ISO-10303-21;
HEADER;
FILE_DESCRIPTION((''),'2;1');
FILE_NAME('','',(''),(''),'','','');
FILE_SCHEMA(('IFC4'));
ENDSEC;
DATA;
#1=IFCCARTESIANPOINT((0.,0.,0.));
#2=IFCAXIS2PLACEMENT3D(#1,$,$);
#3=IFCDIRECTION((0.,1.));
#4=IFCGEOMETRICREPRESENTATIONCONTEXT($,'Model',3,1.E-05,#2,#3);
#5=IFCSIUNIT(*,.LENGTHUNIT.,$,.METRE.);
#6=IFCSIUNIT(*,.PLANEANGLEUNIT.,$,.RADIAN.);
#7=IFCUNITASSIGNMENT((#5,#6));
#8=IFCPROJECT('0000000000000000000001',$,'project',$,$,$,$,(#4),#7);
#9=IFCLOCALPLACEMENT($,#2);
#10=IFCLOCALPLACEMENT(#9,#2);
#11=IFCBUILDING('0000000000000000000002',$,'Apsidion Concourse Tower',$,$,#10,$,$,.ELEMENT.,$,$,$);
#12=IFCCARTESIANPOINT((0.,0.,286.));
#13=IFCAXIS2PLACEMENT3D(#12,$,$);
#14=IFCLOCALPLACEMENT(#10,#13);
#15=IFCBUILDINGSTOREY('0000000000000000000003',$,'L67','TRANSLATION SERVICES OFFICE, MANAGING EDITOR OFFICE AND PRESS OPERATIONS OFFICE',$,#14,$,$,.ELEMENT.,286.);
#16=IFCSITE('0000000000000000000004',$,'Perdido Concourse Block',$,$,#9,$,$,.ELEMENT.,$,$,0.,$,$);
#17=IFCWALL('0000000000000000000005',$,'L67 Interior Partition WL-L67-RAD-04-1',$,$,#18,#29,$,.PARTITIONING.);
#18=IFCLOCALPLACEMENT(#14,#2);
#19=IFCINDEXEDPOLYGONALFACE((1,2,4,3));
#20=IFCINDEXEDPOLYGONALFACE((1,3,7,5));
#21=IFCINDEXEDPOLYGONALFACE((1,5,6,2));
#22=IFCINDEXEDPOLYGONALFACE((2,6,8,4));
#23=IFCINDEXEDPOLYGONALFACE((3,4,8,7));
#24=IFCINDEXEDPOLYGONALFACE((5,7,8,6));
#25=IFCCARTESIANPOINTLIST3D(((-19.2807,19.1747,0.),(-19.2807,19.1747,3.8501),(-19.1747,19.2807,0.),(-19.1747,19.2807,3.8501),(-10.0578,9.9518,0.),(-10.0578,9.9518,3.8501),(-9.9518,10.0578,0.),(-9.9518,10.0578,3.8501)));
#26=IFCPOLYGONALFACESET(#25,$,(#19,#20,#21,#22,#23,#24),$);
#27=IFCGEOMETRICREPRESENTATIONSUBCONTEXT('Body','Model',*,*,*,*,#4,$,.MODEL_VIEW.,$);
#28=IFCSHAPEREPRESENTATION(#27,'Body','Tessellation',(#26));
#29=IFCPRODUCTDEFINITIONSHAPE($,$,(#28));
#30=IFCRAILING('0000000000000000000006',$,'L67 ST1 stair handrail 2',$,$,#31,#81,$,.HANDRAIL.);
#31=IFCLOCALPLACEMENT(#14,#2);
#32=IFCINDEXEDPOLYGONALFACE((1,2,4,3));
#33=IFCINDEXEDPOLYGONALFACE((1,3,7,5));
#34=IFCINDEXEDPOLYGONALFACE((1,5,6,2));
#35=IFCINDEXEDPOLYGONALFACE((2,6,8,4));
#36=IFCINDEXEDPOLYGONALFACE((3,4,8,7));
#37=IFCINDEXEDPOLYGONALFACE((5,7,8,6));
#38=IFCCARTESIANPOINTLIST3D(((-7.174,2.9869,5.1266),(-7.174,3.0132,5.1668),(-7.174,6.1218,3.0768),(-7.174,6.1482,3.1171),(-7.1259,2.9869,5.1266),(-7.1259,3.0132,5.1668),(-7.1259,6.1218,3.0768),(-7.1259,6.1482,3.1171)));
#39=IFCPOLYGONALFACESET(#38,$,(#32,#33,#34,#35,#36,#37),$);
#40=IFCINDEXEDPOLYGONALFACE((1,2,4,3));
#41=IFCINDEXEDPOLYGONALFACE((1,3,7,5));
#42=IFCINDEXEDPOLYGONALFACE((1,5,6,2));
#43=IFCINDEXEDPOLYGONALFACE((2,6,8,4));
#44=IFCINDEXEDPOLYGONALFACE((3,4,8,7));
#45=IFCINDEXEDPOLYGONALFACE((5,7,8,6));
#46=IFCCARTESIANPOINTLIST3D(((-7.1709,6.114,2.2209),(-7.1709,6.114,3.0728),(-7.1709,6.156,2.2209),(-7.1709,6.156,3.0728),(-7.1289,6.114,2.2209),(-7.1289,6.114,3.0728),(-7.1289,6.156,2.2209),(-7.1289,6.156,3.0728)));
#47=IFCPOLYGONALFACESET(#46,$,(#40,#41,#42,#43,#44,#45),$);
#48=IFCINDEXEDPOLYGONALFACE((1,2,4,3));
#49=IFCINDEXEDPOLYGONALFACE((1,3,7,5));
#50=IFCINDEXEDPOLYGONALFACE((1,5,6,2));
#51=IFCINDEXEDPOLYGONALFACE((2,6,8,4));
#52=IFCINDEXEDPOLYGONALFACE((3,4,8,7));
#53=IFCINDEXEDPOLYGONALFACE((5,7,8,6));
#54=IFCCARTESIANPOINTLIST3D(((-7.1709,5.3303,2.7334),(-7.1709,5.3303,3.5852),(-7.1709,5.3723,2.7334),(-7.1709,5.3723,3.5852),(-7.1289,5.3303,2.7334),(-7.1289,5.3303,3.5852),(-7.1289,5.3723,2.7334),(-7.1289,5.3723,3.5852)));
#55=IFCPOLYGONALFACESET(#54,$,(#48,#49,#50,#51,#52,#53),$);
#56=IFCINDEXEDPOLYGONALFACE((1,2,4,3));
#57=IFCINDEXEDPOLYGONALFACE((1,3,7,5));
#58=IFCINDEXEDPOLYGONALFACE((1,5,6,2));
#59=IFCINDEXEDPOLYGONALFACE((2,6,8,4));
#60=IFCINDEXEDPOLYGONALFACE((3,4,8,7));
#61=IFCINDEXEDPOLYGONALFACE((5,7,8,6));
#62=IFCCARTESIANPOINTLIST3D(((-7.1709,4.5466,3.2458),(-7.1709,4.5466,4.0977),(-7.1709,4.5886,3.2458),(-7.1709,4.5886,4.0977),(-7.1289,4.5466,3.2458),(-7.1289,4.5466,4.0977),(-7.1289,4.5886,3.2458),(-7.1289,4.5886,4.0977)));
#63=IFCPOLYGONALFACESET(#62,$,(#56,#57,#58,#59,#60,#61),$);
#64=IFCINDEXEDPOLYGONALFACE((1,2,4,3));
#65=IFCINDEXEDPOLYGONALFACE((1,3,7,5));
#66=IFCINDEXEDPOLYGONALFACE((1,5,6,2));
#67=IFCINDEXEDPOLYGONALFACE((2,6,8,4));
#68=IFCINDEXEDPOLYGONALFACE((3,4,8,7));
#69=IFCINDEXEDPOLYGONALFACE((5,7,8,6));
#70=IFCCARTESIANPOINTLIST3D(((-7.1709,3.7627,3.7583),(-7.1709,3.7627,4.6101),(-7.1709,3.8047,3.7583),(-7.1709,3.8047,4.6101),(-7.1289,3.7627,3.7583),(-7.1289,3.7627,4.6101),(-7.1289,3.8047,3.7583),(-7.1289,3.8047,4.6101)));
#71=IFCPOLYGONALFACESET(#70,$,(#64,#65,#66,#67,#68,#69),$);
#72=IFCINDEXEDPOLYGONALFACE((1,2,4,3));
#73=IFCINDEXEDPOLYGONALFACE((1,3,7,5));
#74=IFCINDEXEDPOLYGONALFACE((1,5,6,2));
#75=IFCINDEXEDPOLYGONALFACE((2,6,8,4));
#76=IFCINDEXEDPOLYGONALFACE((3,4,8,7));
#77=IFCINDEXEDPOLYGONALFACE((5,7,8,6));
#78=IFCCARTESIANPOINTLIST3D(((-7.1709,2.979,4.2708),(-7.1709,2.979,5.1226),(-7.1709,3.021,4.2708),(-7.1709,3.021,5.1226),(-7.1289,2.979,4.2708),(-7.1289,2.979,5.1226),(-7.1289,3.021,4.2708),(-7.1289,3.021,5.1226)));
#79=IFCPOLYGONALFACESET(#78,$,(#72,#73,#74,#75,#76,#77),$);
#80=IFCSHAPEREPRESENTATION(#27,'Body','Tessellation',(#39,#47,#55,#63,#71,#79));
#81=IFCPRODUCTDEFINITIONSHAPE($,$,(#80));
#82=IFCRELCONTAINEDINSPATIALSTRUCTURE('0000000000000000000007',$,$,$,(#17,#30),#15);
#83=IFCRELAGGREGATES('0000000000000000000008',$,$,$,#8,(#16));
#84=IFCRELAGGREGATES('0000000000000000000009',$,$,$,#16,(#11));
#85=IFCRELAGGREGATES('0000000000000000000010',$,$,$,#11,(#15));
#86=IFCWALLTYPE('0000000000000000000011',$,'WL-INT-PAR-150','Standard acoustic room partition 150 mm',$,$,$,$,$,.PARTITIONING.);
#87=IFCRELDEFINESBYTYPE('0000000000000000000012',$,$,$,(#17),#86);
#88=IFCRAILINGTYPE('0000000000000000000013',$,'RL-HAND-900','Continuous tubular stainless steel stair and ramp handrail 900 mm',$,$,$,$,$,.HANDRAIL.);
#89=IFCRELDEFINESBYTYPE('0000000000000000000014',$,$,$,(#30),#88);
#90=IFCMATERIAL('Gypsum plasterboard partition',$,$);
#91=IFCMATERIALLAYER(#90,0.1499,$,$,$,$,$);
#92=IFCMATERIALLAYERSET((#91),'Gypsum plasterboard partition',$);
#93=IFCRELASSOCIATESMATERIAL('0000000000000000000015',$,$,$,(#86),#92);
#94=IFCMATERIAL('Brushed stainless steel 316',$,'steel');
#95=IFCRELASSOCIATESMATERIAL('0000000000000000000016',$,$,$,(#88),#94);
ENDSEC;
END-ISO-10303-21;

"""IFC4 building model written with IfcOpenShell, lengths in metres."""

from ifc_helpers import new_model, si_unit, direction, frame, frame_2d, origin, origin_2d, place, context, subcontext, project, spatial, rectangle, extrude, material, layer, layer_set, type_object, element, save


model = new_model("IFC4")

# Units and contexts
model_context = context("Model", 3, precision=1e-05, world=origin(), true_north=direction((0.0, 1.0)))
body_context = subcontext(model_context, "Body", "Model", "MODEL_VIEW")
ifc_project = project(units=[si_unit("LENGTHUNIT", "METRE"), si_unit("PLANEANGLEUNIT", "RADIAN")], contexts=[model_context])

# Site, building, storey
site_placement = place(None, origin())
site = spatial("IfcSite", under=ifc_project, at=site_placement, Name="Perdido Concourse Block", CompositionType="ELEMENT", RefElevation=0.0)
building_placement = place(site_placement, origin())
building = spatial("IfcBuilding", under=site, at=building_placement, Name="Apsidion Concourse Tower", CompositionType="ELEMENT")
storey_placement = place(building_placement, frame((0.0, 0.0, 286.0)))
storey = spatial("IfcBuildingStorey", under=building, at=storey_placement, Name="L67", Description="TRANSLATION SERVICES OFFICE, MANAGING EDITOR OFFICE AND PRESS OPERATIONS OFFICE", CompositionType="ELEMENT", Elevation=286.0)

# Shared definitions
ifc_material_1 = material(Name="Gypsum plasterboard partition")
ifc_layer_1 = layer(ifc_material_1, 0.1499)
ifc_layer_set_1 = layer_set([ifc_layer_1], Name="Gypsum plasterboard partition")
wall_type_1 = type_object("IfcWallType", Name="WL-INT-PAR-150", Description="Standard acoustic room partition 150 mm", PredefinedType="PARTITIONING", material=ifc_layer_set_1)
ifc_material_2 = material(Name="Brushed stainless steel 316", Category="steel")

# Wall
wall_1_placement = place(storey_placement, frame((-10.0049, 10.0049, 0.0), z_axis=(0.0, 0.0, 1.0), x_axis=(-0.707107, 0.707107, 0.0)))
element("IfcWall", 1, at=wall_1_placement, inside=storey, type_object=wall_type_1, Name="L67 Interior Partition WL-L67-RAD-04-1", PredefinedType="PARTITIONING", context=body_context, shape_type="SweptSolid", body=[
    extrude(rectangle(XDim=13.0432, YDim=0.1499, at=frame_2d((6.5215, 0.0))), origin(), (0.0, 0.0, 1.0), 3.8501),
])

# Railing
railing_type = type_object("IfcRailingType", Name="RL-HAND-900", Description="Continuous tubular stainless steel stair and ramp handrail 900 mm", PredefinedType="HANDRAIL", material=ifc_material_2)
railing_placement = place(storey_placement, frame((-7.1499, 6.135, 2.2209)))
element("IfcRailing", 2, at=railing_placement, inside=storey, type_object=railing_type, Name="L67 ST1 stair handrail 2", PredefinedType="HANDRAIL", context=body_context, shape_type="SweptSolid", body=[
    extrude(rectangle(XDim=0.0481, YDim=0.0481, at=origin_2d()), frame((0.0, 0.0, 0.876), z_axis=(0.0, -0.836971, 0.547248), x_axis=(1.0, 0.0, 0.0)), (0.0, 0.0, 1.0), 3.7456),
    extrude(rectangle(XDim=0.042, YDim=0.042, at=origin_2d()), origin(), (0.0, 0.0, 1.0), 0.8518),
    extrude(rectangle(XDim=0.042, YDim=0.042, at=origin_2d()), frame((0.0, -0.7837, 0.5125)), (0.0, 0.0, 1.0), 0.8518),
    extrude(rectangle(XDim=0.042, YDim=0.042, at=origin_2d()), frame((0.0, -1.5674, 1.0249)), (0.0, 0.0, 1.0), 0.8518),
    extrude(rectangle(XDim=0.042, YDim=0.042, at=origin_2d()), frame((0.0, -2.3513, 1.5374)), (0.0, 0.0, 1.0), 0.8518),
    extrude(rectangle(XDim=0.042, YDim=0.042, at=origin_2d()), frame((0.0, -3.135, 2.0498)), (0.0, 0.0, 1.0), 0.8518),
])

save(model, "model.ifc")
